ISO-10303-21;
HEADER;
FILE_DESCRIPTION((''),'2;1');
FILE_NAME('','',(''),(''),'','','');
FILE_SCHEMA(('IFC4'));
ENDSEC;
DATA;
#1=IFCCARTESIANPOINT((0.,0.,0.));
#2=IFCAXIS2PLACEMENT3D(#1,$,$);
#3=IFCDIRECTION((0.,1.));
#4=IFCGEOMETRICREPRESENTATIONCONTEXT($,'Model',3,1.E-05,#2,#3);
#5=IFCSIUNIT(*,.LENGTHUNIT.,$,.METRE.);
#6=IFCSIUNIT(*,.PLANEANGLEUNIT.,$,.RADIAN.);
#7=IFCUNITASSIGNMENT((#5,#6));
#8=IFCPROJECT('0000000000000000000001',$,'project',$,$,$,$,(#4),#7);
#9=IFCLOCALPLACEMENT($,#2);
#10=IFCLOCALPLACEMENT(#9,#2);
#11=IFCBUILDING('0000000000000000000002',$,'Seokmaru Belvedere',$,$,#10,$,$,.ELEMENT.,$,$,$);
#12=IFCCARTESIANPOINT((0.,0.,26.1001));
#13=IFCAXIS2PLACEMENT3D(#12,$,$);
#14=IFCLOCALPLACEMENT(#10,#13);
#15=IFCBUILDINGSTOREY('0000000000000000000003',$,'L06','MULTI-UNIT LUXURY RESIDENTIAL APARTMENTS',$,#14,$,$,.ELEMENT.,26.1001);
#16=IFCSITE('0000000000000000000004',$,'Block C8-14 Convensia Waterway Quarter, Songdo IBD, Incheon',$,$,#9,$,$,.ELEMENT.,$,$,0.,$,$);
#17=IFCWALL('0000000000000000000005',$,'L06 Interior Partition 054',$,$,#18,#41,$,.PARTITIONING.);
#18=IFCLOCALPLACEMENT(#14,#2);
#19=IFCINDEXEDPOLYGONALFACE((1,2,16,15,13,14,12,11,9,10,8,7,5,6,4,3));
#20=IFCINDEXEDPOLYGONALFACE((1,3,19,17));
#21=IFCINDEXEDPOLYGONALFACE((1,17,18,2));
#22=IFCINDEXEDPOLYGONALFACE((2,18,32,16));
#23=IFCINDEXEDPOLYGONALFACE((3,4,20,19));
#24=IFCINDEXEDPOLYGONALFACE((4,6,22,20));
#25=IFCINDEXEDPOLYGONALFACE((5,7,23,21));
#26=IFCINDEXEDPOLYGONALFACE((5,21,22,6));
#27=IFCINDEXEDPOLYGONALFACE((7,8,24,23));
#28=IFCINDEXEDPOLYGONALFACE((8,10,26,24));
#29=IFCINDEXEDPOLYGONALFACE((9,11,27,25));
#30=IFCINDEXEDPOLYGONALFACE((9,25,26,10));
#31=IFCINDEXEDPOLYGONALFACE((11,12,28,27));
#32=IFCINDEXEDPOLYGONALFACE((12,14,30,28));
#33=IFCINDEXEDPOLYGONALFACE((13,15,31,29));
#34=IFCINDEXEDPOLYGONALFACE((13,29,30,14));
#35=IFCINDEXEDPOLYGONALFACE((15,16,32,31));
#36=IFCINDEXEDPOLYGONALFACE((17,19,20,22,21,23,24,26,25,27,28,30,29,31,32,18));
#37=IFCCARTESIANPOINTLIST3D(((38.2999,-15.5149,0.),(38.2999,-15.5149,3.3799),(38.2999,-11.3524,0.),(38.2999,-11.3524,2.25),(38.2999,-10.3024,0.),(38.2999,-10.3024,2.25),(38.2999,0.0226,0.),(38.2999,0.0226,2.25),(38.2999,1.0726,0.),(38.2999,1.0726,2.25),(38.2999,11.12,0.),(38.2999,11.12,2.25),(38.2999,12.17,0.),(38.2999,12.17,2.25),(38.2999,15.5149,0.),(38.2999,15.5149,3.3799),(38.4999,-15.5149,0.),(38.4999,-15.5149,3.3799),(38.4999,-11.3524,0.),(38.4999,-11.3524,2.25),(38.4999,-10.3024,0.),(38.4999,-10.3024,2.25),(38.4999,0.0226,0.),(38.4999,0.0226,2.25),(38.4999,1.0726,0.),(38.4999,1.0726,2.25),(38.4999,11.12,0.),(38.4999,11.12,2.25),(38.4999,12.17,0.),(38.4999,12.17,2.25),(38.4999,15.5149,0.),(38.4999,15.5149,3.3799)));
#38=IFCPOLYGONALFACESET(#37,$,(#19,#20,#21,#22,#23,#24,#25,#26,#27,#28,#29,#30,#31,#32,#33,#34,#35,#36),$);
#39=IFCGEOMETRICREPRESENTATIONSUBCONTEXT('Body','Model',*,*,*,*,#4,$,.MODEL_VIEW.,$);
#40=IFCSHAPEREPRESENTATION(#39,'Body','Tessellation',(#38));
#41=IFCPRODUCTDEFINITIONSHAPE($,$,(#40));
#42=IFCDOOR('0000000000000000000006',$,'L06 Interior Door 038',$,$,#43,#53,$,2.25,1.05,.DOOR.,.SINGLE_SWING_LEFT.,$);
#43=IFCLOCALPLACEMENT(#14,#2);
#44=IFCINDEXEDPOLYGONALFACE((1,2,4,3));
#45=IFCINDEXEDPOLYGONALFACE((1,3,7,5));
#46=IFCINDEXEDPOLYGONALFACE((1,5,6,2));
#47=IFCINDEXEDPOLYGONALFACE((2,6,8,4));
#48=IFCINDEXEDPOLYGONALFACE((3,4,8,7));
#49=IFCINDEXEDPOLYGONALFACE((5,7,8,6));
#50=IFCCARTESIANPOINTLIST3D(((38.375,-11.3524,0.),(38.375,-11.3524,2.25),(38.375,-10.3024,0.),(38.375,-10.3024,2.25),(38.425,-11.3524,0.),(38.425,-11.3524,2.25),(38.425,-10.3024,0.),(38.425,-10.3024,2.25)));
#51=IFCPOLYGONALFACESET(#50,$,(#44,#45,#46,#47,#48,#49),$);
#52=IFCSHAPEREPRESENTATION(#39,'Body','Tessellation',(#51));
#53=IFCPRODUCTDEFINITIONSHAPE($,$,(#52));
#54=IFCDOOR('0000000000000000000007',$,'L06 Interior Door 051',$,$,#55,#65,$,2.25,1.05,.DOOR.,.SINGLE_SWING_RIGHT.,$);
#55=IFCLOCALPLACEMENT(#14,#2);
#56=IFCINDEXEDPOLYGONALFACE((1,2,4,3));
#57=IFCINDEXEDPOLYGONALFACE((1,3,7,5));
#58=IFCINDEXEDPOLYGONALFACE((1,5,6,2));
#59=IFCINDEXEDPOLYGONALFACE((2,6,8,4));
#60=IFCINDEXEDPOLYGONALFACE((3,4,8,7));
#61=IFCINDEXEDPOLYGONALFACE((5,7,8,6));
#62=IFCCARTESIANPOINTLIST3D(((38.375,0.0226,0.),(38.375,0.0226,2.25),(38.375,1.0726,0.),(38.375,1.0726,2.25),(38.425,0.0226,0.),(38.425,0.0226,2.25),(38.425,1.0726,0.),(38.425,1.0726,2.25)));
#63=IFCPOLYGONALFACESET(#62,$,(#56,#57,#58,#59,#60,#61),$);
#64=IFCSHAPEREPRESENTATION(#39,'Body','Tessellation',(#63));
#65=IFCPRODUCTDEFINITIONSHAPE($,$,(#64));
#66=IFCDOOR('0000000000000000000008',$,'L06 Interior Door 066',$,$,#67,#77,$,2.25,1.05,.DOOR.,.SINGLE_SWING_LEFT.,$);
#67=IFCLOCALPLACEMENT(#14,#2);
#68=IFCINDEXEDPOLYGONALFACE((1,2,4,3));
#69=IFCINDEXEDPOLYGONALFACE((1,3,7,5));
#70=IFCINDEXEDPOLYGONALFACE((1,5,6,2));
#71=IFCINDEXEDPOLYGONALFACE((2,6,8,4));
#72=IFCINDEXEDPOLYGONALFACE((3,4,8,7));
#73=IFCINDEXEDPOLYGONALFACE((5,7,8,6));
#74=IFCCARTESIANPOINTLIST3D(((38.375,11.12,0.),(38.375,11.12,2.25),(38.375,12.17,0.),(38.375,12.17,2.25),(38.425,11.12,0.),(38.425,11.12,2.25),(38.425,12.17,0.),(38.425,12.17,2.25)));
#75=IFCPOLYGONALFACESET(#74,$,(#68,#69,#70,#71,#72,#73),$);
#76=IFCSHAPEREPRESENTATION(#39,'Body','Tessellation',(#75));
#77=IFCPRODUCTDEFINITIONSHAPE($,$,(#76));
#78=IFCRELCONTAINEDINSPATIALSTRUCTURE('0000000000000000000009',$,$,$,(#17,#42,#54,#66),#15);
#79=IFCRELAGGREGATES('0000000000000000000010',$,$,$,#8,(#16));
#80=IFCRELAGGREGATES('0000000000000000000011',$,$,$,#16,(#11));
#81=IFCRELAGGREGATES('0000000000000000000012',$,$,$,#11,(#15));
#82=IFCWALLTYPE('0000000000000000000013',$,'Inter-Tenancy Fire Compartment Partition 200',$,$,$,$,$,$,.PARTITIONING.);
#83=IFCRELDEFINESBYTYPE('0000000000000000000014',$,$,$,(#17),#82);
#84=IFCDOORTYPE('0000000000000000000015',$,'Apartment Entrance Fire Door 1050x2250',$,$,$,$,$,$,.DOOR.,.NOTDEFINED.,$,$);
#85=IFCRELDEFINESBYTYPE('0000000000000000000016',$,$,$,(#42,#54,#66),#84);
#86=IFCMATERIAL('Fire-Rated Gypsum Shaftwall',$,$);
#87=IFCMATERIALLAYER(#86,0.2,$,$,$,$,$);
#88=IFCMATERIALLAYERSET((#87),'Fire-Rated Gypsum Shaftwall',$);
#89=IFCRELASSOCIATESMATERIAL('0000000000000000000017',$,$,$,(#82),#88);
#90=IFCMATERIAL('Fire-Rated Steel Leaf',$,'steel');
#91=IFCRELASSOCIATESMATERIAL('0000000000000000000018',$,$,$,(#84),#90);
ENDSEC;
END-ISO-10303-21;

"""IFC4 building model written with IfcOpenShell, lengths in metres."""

from ifc_helpers import new_model, si_unit, direction, frame, frame_2d, origin, place, context, subcontext, project, spatial, rectangle, extrude, source, transform, mapped, material, layer, layer_set, type_object, type_shapes, element, fill, save


model = new_model("IFC4")

# Units and contexts
model_context = context("Model", 3, precision=1e-05, world=origin(), true_north=direction((0.0, 1.0)))
body_context = subcontext(model_context, "Body", "Model", "MODEL_VIEW")
ifc_project = project(units=[si_unit("LENGTHUNIT", "METRE"), si_unit("PLANEANGLEUNIT", "RADIAN")], contexts=[model_context])

# Site, building, storey
site_placement = place(None, origin())
site = spatial("IfcSite", under=ifc_project, at=site_placement, Name="Block C8-14 Convensia Waterway Quarter, Songdo IBD, Incheon", CompositionType="ELEMENT", RefElevation=0.0)
building_placement = place(site_placement, origin())
building = spatial("IfcBuilding", under=site, at=building_placement, Name="Seokmaru Belvedere", CompositionType="ELEMENT")
storey_placement = place(building_placement, frame((0.0, 0.0, 26.1001)))
storey = spatial("IfcBuildingStorey", under=building, at=storey_placement, Name="L06", Description="MULTI-UNIT LUXURY RESIDENTIAL APARTMENTS", CompositionType="ELEMENT", Elevation=26.1001)

# Shared definitions
ifc_material_1 = material(Name="Fire-Rated Gypsum Shaftwall")

# Shared definitions
ifc_layer_1 = layer(ifc_material_1, 0.2)
ifc_layer_set_1 = layer_set([ifc_layer_1], Name="Fire-Rated Gypsum Shaftwall")
wall_type_1 = type_object("IfcWallType", Name="Inter-Tenancy Fire Compartment Partition 200", PredefinedType="PARTITIONING", material=ifc_layer_set_1)

# Wall, openings, doors
wall_1_placement = place(storey_placement, frame((38.3999, -15.5149, 0.0), z_axis=(0.0, 0.0, 1.0), x_axis=(0.0, 1.0, 0.0)))
wall_1 = element("IfcWall", 1, at=wall_1_placement, inside=storey, type_object=wall_type_1, Name="L06 Interior Partition 054", PredefinedType="PARTITIONING", context=body_context, shape_type="SweptSolid", body=[
    extrude(rectangle(XDim=31.0298, YDim=0.2, at=frame_2d((15.5149, 0.0))), origin(), (0.0, 0.0, 1.0), 3.3799),
])
opening_1_placement = place(wall_1_placement, frame((4.1626, 0.0, 0.0)))
opening_1 = element("IfcOpeningElement", 2, at=opening_1_placement, cuts=wall_1, PredefinedType="OPENING", context=body_context, shape_type="SweptSolid", body=[
    extrude(rectangle(XDim=1.05, YDim=2.25, at=frame_2d((0.5249, 1.125))), frame((0.0, 0.1099, 0.0), z_axis=(0.0, -1.0, 0.0), x_axis=(1.0, 0.0, 0.0)), (0.0, 0.0, 1.0), 0.22),
])
opening_2_placement = place(wall_1_placement, frame((15.5376, 0.0, 0.0)))
opening_2 = element("IfcOpeningElement", 3, at=opening_2_placement, cuts=wall_1, PredefinedType="OPENING", context=body_context, shape_type="SweptSolid", body=[
    extrude(rectangle(XDim=1.05, YDim=2.25, at=frame_2d((0.5249, 1.125))), frame((0.0, 0.1099, 0.0), z_axis=(0.0, -1.0, 0.0), x_axis=(1.0, 0.0, 0.0)), (0.0, 0.0, 1.0), 0.22),
])
opening_3_placement = place(wall_1_placement, frame((26.635, 0.0, 0.0)))
opening_3 = element("IfcOpeningElement", 4, at=opening_3_placement, cuts=wall_1, PredefinedType="OPENING", context=body_context, shape_type="SweptSolid", body=[
    extrude(rectangle(XDim=1.05, YDim=2.25, at=frame_2d((0.5249, 1.125))), frame((0.0, 0.1099, 0.0), z_axis=(0.0, -1.0, 0.0), x_axis=(1.0, 0.0, 0.0)), (0.0, 0.0, 1.0), 0.22),
])
ifc_material_2 = material(Name="Fire-Rated Steel Leaf", Category="steel")
door_type_1 = type_object("IfcDoorType", Name="Apartment Entrance Fire Door 1050x2250", OperationType="NOTDEFINED", PredefinedType="DOOR", material=ifc_material_2)
shared_shape_1 = source(origin(), body_context, "Body", "SweptSolid", [
    extrude(rectangle(XDim=1.05, YDim=2.25, at=frame_2d((0.5249, 1.125))), frame((0.0, 0.0249, 0.0), z_axis=(0.0, -1.0, 0.0), x_axis=(1.0, 0.0, 0.0)), (0.0, 0.0, 1.0), 0.05),
])
type_shapes(door_type_1, [shared_shape_1])
door_1_placement = place(opening_1_placement, origin())
door_1 = element("IfcDoor", 5, at=door_1_placement, inside=storey, type_object=door_type_1, Name="L06 Interior Door 038", OperationType="SINGLE_SWING_LEFT", OverallHeight=2.25, OverallWidth=1.05, PredefinedType="DOOR", context=body_context, shape_type="MappedRepresentation", body=[
    mapped(shared_shape_1, transform((0.0, 0.0, 0.0), scale=1.0)),
])
fill(opening_1, door_1)
door_2_placement = place(opening_2_placement, origin())
door_2 = element("IfcDoor", 6, at=door_2_placement, inside=storey, type_object=door_type_1, Name="L06 Interior Door 051", OperationType="SINGLE_SWING_RIGHT", OverallHeight=2.25, OverallWidth=1.05, PredefinedType="DOOR", context=body_context, shape_type="MappedRepresentation", body=[
    mapped(shared_shape_1, transform((0.0, 0.0, 0.0), scale=1.0)),
])
fill(opening_2, door_2)
door_3_placement = place(opening_3_placement, origin())
door_3 = element("IfcDoor", 7, at=door_3_placement, inside=storey, type_object=door_type_1, Name="L06 Interior Door 066", OperationType="SINGLE_SWING_LEFT", OverallHeight=2.25, OverallWidth=1.05, PredefinedType="DOOR", context=body_context, shape_type="MappedRepresentation", body=[
    mapped(shared_shape_1, transform((0.0, 0.0, 0.0), scale=1.0)),
])
fill(opening_3, door_3)

save(model, "model.ifc")
